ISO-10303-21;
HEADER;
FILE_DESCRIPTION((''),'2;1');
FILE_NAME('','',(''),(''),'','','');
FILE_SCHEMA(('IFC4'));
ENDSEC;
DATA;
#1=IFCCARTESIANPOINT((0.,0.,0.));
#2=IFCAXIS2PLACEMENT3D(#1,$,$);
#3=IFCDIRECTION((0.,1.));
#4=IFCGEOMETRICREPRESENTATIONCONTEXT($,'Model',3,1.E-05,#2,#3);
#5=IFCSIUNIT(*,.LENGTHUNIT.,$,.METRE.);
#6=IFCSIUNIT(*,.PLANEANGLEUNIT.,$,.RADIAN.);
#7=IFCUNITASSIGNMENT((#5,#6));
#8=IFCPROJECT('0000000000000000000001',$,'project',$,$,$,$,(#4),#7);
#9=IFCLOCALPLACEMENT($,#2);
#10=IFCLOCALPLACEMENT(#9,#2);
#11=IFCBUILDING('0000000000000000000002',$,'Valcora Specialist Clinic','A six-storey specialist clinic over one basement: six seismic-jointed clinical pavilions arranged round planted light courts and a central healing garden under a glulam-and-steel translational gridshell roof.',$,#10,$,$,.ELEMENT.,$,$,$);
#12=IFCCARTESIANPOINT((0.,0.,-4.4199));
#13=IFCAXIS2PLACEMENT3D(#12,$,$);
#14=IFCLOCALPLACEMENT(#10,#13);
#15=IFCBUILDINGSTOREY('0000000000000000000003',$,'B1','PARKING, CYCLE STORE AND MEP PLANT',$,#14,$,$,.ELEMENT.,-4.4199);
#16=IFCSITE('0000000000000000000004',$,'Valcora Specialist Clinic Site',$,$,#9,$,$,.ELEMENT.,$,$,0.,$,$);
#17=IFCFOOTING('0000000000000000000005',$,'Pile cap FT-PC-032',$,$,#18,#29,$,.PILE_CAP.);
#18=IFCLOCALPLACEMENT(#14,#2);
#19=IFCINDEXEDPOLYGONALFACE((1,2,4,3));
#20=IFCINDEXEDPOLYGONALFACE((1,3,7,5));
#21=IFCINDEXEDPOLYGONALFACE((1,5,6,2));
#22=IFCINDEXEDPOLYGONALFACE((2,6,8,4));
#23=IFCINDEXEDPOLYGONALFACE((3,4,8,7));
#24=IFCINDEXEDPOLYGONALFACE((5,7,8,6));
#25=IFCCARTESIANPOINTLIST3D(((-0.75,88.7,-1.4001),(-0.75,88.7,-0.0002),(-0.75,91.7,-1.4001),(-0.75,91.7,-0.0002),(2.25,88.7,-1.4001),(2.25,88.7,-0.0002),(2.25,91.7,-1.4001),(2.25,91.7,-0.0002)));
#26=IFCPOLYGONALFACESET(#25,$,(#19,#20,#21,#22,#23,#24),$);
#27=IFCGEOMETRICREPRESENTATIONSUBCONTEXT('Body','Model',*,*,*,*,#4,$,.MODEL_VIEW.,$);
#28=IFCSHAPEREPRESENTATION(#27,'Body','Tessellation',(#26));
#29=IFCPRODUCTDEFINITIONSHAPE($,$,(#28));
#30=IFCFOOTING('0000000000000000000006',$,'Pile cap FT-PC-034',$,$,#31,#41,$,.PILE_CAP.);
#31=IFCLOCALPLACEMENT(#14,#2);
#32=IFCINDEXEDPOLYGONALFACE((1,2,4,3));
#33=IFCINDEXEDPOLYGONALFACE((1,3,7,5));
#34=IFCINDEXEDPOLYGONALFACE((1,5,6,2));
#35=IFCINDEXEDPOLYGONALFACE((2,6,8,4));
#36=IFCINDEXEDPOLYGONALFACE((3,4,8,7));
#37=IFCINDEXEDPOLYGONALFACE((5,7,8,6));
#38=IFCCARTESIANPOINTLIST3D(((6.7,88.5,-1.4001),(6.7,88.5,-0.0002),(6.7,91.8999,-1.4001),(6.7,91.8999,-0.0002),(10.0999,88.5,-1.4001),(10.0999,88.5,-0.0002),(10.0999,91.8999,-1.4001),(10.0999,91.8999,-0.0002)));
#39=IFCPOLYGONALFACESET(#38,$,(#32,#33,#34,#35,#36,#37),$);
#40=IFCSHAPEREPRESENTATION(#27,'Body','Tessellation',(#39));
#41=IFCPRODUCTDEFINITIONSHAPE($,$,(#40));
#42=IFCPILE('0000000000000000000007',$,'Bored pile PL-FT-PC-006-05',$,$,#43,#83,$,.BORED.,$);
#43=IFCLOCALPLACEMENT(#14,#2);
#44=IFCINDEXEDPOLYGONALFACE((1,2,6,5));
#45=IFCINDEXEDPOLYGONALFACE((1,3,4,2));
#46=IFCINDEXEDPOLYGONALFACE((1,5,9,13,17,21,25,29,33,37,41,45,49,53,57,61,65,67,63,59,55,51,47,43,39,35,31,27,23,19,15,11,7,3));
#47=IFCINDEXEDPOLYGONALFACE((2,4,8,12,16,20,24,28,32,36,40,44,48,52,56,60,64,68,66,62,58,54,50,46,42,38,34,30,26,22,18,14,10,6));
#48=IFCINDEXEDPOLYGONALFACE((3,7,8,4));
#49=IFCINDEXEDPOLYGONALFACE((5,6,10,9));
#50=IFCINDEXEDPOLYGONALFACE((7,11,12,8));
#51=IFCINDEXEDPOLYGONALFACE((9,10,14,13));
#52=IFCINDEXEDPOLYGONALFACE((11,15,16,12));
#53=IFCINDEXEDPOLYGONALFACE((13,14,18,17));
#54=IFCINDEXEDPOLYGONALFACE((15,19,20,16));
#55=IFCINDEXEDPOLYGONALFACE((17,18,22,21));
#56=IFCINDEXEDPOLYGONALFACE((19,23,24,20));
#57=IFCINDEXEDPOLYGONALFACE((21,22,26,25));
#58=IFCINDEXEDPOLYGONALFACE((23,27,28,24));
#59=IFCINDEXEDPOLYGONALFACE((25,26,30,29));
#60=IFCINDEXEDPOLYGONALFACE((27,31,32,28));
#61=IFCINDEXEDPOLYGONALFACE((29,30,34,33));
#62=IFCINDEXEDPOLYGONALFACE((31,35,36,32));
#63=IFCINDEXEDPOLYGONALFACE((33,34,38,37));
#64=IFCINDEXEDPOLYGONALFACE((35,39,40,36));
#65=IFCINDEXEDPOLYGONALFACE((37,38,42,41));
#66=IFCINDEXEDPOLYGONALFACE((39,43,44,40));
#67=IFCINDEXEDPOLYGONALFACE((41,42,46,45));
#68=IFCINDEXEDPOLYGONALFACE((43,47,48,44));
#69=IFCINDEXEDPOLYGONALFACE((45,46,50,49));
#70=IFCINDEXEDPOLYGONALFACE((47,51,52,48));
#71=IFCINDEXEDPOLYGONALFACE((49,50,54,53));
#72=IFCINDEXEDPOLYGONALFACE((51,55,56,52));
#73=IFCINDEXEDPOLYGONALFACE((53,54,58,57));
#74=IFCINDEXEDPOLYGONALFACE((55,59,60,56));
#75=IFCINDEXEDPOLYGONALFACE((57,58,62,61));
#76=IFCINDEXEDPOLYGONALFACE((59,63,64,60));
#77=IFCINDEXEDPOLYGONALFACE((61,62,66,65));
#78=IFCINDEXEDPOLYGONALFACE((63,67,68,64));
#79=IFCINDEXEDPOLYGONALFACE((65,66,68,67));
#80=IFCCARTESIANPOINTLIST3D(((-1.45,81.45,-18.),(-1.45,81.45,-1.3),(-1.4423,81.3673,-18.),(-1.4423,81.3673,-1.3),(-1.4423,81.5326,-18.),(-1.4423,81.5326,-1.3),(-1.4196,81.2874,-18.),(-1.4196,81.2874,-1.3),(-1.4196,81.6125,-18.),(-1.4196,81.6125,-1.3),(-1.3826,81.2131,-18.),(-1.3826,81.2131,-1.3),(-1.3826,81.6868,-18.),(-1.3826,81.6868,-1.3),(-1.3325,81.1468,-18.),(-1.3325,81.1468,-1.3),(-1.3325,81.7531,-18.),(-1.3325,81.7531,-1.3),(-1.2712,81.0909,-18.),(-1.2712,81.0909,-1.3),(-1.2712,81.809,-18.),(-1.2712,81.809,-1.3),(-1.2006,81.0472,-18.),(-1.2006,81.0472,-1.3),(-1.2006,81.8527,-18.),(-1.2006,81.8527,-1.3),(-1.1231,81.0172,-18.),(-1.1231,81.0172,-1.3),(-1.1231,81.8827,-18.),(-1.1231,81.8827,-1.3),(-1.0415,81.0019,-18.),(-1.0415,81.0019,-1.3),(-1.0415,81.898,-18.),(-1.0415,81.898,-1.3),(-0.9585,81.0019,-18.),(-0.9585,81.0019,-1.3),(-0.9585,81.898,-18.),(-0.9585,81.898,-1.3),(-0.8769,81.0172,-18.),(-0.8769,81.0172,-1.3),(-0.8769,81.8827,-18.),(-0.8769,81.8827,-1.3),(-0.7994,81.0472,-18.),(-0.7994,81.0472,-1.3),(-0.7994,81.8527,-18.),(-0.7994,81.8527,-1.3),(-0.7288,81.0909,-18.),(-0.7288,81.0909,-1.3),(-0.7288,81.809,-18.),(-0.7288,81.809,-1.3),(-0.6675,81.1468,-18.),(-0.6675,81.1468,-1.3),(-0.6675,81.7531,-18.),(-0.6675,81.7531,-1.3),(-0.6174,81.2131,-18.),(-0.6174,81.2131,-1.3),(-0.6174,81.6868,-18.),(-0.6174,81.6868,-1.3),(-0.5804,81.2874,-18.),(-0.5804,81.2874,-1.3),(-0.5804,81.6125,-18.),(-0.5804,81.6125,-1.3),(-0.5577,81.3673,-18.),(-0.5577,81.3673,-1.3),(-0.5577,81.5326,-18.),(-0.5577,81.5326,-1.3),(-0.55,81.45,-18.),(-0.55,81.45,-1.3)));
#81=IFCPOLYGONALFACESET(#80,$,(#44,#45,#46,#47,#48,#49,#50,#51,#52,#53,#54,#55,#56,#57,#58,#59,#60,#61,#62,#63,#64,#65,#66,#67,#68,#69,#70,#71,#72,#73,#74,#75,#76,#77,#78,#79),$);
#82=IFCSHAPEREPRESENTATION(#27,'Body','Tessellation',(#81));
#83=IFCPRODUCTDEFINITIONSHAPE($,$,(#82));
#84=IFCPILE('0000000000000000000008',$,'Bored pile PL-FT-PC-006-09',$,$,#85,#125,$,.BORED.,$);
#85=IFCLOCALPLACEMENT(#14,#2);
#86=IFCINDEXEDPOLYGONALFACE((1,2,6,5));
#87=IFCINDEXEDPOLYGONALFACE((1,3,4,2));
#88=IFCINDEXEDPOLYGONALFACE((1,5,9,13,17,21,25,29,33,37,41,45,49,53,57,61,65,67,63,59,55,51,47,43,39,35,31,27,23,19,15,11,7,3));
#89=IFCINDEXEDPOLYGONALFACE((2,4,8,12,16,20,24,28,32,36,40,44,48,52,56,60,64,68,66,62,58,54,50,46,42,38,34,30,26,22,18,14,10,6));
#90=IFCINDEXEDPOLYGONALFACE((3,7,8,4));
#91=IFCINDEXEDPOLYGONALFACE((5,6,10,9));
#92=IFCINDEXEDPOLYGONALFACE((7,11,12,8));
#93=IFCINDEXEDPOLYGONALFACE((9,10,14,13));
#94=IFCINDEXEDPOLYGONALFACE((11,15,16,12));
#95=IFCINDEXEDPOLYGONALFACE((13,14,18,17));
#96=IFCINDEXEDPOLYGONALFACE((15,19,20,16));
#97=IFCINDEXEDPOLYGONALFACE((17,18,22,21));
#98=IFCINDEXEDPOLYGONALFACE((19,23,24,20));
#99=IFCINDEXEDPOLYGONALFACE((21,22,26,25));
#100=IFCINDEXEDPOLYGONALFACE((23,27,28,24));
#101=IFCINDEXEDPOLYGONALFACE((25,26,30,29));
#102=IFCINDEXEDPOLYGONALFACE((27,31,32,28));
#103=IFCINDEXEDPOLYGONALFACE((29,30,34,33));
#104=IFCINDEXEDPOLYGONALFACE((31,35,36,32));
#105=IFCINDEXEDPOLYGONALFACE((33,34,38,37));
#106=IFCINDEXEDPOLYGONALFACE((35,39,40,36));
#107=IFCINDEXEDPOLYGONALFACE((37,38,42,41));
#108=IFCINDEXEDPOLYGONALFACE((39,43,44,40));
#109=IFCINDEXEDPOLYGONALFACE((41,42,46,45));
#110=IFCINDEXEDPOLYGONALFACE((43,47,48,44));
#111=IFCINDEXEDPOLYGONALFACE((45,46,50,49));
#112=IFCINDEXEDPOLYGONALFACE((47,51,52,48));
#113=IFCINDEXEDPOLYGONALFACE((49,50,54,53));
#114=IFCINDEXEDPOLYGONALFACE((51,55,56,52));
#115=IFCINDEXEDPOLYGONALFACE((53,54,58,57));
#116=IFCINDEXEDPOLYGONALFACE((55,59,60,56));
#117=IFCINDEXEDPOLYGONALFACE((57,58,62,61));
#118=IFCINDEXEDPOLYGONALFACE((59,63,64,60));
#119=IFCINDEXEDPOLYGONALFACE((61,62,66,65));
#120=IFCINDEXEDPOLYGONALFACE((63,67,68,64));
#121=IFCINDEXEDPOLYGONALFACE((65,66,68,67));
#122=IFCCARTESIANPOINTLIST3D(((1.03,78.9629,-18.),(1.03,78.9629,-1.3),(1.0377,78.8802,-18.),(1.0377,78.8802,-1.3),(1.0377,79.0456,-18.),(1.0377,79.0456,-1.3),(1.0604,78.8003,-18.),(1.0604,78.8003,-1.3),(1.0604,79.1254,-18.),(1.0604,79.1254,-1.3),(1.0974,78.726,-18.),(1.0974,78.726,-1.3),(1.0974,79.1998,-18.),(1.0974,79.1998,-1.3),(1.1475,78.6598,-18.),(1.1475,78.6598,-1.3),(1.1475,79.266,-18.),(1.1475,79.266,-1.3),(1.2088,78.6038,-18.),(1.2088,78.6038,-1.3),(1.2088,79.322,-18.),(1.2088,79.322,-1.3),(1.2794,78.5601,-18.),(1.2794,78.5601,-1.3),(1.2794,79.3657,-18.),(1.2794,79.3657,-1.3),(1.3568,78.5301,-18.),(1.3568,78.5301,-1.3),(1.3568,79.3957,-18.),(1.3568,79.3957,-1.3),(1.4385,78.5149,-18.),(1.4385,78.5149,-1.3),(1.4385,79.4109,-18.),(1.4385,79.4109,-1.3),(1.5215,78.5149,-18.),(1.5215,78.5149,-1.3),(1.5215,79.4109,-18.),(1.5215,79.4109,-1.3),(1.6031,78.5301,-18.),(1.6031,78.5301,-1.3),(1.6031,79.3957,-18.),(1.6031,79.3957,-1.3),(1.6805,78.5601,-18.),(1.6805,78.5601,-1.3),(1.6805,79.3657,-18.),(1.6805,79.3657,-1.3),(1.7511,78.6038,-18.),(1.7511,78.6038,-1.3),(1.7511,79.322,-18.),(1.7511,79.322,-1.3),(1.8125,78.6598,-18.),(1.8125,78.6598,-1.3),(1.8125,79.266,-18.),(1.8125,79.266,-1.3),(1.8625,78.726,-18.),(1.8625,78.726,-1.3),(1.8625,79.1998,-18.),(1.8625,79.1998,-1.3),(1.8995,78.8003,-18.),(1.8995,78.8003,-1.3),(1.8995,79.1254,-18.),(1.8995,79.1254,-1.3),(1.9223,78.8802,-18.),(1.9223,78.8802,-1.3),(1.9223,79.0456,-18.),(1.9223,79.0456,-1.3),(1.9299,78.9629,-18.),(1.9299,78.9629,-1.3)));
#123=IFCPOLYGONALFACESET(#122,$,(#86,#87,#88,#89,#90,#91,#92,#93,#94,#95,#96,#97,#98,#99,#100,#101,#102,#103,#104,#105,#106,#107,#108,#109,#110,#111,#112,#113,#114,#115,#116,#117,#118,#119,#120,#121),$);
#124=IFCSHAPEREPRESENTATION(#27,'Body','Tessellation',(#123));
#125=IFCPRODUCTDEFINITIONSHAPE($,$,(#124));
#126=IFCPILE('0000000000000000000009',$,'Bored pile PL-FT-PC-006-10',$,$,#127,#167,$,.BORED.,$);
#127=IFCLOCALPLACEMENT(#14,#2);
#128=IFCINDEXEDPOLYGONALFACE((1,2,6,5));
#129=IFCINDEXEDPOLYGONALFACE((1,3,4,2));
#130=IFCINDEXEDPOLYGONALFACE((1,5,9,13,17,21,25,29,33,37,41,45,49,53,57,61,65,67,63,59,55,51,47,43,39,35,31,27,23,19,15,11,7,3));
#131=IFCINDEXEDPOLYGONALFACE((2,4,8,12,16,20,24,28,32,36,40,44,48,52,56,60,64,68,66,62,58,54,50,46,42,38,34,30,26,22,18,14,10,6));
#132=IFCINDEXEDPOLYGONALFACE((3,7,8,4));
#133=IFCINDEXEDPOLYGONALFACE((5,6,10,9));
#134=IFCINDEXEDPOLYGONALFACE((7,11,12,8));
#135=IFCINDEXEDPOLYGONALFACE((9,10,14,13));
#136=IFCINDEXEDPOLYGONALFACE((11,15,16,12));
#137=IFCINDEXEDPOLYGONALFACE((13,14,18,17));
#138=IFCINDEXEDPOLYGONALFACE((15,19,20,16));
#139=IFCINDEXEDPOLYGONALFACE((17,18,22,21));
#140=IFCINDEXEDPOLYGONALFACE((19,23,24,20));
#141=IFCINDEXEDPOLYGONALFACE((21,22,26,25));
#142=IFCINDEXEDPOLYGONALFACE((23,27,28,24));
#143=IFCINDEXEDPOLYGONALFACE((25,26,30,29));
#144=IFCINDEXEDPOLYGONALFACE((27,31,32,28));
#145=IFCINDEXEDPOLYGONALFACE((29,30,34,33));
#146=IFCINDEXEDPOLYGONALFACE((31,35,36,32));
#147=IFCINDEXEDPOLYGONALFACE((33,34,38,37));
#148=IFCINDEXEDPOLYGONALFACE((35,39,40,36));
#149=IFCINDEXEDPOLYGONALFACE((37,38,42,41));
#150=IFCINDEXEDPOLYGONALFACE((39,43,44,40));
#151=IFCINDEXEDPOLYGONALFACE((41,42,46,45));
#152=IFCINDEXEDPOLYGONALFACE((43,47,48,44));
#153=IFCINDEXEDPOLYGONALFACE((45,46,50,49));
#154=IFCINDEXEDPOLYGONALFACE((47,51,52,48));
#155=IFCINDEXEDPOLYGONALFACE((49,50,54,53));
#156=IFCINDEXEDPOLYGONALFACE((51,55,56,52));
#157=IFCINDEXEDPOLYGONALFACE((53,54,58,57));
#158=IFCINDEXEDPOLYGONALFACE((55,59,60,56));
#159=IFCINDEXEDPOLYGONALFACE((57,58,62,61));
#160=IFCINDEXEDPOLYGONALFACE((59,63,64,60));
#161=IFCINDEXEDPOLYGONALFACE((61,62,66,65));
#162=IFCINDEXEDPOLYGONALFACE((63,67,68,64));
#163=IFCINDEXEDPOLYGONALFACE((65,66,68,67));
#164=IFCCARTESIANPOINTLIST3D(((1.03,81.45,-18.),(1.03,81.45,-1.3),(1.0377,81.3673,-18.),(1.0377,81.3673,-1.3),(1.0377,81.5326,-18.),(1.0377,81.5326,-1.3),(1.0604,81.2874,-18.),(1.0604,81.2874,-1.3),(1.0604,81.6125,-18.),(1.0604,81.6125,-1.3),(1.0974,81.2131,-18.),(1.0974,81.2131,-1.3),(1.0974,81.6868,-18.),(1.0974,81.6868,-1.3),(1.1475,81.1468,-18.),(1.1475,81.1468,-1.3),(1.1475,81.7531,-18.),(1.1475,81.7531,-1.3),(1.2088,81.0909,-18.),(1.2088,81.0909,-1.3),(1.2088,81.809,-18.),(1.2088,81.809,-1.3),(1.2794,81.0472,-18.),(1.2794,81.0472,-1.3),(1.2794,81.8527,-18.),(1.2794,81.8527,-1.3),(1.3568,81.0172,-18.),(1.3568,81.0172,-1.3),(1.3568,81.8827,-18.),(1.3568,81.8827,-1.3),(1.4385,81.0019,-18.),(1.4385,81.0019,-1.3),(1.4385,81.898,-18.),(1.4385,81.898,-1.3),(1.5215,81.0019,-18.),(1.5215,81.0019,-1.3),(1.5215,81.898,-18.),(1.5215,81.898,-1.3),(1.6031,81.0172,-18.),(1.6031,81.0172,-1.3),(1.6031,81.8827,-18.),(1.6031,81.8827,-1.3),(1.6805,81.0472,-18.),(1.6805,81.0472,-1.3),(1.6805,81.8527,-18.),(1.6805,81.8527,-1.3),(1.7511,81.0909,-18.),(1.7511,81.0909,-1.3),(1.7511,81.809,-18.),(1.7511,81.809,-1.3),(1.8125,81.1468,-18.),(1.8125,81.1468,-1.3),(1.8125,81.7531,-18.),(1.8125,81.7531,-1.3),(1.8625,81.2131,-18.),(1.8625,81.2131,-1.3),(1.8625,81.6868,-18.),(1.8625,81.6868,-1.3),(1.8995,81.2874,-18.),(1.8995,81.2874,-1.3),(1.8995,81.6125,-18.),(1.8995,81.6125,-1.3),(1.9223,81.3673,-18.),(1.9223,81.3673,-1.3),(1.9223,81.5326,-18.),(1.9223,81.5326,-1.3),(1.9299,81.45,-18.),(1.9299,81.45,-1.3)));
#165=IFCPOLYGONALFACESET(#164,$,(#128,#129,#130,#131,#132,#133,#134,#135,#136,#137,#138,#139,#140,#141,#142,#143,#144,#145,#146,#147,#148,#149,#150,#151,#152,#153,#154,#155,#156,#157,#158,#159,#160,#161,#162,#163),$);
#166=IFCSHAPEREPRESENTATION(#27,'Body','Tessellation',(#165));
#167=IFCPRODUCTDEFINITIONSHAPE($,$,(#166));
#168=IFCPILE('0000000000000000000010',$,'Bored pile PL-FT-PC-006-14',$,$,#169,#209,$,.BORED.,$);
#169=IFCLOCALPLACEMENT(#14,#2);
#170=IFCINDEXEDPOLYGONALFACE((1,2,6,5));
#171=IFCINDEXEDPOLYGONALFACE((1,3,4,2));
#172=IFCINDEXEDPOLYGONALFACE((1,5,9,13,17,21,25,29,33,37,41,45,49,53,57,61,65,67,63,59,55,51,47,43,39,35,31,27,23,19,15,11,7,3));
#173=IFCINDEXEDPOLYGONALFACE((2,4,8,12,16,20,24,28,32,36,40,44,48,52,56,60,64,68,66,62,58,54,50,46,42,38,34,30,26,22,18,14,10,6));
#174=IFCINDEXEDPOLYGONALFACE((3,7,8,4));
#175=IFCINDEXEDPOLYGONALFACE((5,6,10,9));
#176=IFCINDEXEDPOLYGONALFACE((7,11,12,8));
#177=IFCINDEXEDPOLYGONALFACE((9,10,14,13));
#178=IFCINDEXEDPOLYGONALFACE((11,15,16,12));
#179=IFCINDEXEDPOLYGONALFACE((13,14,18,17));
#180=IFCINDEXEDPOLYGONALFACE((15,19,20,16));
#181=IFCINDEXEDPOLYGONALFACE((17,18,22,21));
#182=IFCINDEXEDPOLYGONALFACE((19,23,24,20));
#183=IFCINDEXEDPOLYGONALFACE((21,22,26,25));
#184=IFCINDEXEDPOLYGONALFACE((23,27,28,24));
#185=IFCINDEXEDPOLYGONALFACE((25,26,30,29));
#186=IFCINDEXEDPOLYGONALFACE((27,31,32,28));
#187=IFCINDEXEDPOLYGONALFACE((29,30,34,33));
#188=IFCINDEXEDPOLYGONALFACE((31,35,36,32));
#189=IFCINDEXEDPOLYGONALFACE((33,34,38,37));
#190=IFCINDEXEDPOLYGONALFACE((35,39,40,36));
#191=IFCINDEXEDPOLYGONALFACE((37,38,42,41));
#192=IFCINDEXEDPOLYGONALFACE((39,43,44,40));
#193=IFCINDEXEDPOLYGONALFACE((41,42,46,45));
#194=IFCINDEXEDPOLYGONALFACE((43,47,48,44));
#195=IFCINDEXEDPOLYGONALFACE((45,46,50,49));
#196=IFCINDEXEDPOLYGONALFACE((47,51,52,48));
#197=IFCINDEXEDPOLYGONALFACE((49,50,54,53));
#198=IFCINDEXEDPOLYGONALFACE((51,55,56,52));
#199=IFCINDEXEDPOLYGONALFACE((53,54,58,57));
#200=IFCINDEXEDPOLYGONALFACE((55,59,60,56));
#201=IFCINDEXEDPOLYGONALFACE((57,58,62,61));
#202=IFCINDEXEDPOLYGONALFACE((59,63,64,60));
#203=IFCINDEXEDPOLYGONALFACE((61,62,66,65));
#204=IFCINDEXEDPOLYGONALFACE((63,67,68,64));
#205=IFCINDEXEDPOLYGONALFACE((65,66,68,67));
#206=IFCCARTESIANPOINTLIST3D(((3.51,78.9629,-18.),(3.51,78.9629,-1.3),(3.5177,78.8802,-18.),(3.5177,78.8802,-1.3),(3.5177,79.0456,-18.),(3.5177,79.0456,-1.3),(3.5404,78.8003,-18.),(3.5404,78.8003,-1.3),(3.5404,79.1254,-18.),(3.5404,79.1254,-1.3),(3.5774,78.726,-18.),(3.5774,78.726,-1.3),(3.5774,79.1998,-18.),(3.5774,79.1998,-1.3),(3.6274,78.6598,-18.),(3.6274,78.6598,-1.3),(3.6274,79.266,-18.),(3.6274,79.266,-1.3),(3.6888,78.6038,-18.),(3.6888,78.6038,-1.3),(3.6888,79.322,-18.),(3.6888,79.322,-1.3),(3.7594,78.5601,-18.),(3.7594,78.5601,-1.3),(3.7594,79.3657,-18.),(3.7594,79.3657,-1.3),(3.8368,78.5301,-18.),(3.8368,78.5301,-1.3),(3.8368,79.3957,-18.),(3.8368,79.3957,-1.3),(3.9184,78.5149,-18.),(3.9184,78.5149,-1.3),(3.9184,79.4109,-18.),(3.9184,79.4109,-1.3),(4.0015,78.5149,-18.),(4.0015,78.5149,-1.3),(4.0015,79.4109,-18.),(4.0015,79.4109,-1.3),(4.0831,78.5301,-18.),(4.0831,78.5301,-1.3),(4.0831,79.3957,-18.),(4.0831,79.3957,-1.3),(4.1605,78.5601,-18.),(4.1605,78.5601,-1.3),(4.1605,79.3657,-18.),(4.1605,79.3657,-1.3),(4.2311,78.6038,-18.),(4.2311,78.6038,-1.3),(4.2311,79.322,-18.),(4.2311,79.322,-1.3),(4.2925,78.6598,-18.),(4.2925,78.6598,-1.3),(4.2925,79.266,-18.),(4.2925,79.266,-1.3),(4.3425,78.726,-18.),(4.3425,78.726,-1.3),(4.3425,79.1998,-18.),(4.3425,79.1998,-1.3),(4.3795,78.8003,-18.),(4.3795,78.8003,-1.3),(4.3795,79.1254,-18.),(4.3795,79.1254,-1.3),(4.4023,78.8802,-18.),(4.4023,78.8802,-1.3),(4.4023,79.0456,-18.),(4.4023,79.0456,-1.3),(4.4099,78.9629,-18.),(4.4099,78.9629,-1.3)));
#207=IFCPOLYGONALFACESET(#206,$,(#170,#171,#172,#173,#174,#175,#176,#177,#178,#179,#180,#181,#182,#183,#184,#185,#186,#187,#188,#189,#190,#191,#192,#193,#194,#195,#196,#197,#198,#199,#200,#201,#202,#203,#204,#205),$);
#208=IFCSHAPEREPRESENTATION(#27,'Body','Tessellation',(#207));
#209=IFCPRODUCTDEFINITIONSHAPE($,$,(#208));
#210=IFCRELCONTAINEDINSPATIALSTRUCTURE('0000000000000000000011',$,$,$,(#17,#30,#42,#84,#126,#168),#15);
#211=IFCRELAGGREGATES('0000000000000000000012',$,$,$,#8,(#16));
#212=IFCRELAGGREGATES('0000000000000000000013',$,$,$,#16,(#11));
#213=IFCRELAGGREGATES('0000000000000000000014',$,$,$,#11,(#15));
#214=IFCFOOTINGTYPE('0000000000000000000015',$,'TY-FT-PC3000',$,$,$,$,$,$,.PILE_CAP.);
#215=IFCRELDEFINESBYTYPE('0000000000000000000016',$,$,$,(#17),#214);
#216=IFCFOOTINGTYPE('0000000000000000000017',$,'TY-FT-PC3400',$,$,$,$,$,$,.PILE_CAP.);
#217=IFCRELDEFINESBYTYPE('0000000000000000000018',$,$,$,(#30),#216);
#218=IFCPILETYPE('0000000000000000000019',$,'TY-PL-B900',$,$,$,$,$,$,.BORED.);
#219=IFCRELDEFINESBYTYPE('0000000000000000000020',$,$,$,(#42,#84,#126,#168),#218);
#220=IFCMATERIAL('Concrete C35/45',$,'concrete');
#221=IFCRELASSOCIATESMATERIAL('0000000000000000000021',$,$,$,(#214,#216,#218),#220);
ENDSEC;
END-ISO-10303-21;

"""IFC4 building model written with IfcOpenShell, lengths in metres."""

from ifc_helpers import new_model, si_unit, direction, frame, origin, origin_2d, place, context, subcontext, project, spatial, rectangle, circle, extrude, material, material_profile, profile_set, type_object, element, save


model = new_model("IFC4")

# Units and contexts
model_context = context("Model", 3, precision=1e-05, world=origin(), true_north=direction((0.0, 1.0)))
body_context = subcontext(model_context, "Body", "Model", "MODEL_VIEW")
ifc_project = project(units=[si_unit("LENGTHUNIT", "METRE"), si_unit("PLANEANGLEUNIT", "RADIAN")], contexts=[model_context])

# Site, building, storey
site_placement = place(None, origin())
site = spatial("IfcSite", under=ifc_project, at=site_placement, Name="Valcora Specialist Clinic Site", CompositionType="ELEMENT", RefElevation=0.0)
building_placement = place(site_placement, origin())
building = spatial("IfcBuilding", under=site, at=building_placement, Name="Valcora Specialist Clinic", Description="A six-storey specialist clinic over one basement: six seismic-jointed clinical pavilions arranged round planted light courts and a central healing garden under a glulam-and-steel translational gridshell roof.", CompositionType="ELEMENT")
storey_placement = place(building_placement, frame((0.0, 0.0, -4.4199)))
storey = spatial("IfcBuildingStorey", under=building, at=storey_placement, Name="B1", Description="PARKING, CYCLE STORE AND MEP PLANT", CompositionType="ELEMENT", Elevation=-4.4199)

# Footings
ifc_material_1 = material(Name="Concrete C35/45", Category="concrete")
footing_type_1 = type_object("IfcFootingType", Name="TY-FT-PC3000", PredefinedType="PILE_CAP", material=ifc_material_1)
footing_1_placement = place(storey_placement, frame((0.75, 90.2, -1.4001), z_axis=(0.0, 0.0, 1.0), x_axis=(1.0, 0.0, 0.0)))
element("IfcFooting", 1, at=footing_1_placement, inside=storey, type_object=footing_type_1, Name="Pile cap FT-PC-032", PredefinedType="PILE_CAP", context=body_context, shape_type="SweptSolid", body=[
    extrude(rectangle(XDim=3.0, YDim=3.0, at=origin_2d()), origin(), (0.0, 0.0, 1.0), 1.3999),
])
footing_type_2 = type_object("IfcFootingType", Name="TY-FT-PC3400", PredefinedType="PILE_CAP", material=ifc_material_1)
footing_2_placement = place(storey_placement, frame((8.3999, 90.2, -1.4001), z_axis=(0.0, 0.0, 1.0), x_axis=(1.0, 0.0, 0.0)))
element("IfcFooting", 2, at=footing_2_placement, inside=storey, type_object=footing_type_2, Name="Pile cap FT-PC-034", PredefinedType="PILE_CAP", context=body_context, shape_type="SweptSolid", body=[
    extrude(rectangle(XDim=3.3999, YDim=3.3999, at=origin_2d()), origin(), (0.0, 0.0, 1.0), 1.3999),
])

# Piles
ifc_material_profile_1 = material_profile(ifc_material_1, circle(Radius=0.45, at=origin_2d()), Name="RC-PIL-D900")
ifc_profile_set_1 = profile_set([ifc_material_profile_1], Name="Concrete C35/45")
pile_type = type_object("IfcPileType", Name="TY-PL-B900", PredefinedType="BORED", material=ifc_profile_set_1)
for number, where, z_axis, x_axis, name in (
    (3, (-1.0, 81.45, -1.3), (0.0, 0.0, -1.0), (1.0, 0.0, 0.0), "Bored pile PL-FT-PC-006-05"),
    (4, (1.48, 78.9629, -1.3), (0.0, 0.0, -1.0), (1.0, 0.0, 0.0), "Bored pile PL-FT-PC-006-09"),
    (5, (1.48, 81.45, -1.3), (0.0, 0.0, -1.0), (1.0, 0.0, 0.0), "Bored pile PL-FT-PC-006-10"),
    (6, (3.96, 78.9629, -1.3), (0.0, 0.0, -1.0), (1.0, 0.0, 0.0), "Bored pile PL-FT-PC-006-14"),
):
    element("IfcPile", number, at=place(storey_placement, frame(where, z_axis=z_axis, x_axis=x_axis)), inside=storey, type_object=pile_type, Name=name, PredefinedType="BORED", context=body_context, shape_type="SweptSolid", body=[
        extrude(circle(Radius=0.45, at=origin_2d()), origin(), (0.0, 0.0, 1.0), 16.7),
    ])

save(model, "model.ifc")
